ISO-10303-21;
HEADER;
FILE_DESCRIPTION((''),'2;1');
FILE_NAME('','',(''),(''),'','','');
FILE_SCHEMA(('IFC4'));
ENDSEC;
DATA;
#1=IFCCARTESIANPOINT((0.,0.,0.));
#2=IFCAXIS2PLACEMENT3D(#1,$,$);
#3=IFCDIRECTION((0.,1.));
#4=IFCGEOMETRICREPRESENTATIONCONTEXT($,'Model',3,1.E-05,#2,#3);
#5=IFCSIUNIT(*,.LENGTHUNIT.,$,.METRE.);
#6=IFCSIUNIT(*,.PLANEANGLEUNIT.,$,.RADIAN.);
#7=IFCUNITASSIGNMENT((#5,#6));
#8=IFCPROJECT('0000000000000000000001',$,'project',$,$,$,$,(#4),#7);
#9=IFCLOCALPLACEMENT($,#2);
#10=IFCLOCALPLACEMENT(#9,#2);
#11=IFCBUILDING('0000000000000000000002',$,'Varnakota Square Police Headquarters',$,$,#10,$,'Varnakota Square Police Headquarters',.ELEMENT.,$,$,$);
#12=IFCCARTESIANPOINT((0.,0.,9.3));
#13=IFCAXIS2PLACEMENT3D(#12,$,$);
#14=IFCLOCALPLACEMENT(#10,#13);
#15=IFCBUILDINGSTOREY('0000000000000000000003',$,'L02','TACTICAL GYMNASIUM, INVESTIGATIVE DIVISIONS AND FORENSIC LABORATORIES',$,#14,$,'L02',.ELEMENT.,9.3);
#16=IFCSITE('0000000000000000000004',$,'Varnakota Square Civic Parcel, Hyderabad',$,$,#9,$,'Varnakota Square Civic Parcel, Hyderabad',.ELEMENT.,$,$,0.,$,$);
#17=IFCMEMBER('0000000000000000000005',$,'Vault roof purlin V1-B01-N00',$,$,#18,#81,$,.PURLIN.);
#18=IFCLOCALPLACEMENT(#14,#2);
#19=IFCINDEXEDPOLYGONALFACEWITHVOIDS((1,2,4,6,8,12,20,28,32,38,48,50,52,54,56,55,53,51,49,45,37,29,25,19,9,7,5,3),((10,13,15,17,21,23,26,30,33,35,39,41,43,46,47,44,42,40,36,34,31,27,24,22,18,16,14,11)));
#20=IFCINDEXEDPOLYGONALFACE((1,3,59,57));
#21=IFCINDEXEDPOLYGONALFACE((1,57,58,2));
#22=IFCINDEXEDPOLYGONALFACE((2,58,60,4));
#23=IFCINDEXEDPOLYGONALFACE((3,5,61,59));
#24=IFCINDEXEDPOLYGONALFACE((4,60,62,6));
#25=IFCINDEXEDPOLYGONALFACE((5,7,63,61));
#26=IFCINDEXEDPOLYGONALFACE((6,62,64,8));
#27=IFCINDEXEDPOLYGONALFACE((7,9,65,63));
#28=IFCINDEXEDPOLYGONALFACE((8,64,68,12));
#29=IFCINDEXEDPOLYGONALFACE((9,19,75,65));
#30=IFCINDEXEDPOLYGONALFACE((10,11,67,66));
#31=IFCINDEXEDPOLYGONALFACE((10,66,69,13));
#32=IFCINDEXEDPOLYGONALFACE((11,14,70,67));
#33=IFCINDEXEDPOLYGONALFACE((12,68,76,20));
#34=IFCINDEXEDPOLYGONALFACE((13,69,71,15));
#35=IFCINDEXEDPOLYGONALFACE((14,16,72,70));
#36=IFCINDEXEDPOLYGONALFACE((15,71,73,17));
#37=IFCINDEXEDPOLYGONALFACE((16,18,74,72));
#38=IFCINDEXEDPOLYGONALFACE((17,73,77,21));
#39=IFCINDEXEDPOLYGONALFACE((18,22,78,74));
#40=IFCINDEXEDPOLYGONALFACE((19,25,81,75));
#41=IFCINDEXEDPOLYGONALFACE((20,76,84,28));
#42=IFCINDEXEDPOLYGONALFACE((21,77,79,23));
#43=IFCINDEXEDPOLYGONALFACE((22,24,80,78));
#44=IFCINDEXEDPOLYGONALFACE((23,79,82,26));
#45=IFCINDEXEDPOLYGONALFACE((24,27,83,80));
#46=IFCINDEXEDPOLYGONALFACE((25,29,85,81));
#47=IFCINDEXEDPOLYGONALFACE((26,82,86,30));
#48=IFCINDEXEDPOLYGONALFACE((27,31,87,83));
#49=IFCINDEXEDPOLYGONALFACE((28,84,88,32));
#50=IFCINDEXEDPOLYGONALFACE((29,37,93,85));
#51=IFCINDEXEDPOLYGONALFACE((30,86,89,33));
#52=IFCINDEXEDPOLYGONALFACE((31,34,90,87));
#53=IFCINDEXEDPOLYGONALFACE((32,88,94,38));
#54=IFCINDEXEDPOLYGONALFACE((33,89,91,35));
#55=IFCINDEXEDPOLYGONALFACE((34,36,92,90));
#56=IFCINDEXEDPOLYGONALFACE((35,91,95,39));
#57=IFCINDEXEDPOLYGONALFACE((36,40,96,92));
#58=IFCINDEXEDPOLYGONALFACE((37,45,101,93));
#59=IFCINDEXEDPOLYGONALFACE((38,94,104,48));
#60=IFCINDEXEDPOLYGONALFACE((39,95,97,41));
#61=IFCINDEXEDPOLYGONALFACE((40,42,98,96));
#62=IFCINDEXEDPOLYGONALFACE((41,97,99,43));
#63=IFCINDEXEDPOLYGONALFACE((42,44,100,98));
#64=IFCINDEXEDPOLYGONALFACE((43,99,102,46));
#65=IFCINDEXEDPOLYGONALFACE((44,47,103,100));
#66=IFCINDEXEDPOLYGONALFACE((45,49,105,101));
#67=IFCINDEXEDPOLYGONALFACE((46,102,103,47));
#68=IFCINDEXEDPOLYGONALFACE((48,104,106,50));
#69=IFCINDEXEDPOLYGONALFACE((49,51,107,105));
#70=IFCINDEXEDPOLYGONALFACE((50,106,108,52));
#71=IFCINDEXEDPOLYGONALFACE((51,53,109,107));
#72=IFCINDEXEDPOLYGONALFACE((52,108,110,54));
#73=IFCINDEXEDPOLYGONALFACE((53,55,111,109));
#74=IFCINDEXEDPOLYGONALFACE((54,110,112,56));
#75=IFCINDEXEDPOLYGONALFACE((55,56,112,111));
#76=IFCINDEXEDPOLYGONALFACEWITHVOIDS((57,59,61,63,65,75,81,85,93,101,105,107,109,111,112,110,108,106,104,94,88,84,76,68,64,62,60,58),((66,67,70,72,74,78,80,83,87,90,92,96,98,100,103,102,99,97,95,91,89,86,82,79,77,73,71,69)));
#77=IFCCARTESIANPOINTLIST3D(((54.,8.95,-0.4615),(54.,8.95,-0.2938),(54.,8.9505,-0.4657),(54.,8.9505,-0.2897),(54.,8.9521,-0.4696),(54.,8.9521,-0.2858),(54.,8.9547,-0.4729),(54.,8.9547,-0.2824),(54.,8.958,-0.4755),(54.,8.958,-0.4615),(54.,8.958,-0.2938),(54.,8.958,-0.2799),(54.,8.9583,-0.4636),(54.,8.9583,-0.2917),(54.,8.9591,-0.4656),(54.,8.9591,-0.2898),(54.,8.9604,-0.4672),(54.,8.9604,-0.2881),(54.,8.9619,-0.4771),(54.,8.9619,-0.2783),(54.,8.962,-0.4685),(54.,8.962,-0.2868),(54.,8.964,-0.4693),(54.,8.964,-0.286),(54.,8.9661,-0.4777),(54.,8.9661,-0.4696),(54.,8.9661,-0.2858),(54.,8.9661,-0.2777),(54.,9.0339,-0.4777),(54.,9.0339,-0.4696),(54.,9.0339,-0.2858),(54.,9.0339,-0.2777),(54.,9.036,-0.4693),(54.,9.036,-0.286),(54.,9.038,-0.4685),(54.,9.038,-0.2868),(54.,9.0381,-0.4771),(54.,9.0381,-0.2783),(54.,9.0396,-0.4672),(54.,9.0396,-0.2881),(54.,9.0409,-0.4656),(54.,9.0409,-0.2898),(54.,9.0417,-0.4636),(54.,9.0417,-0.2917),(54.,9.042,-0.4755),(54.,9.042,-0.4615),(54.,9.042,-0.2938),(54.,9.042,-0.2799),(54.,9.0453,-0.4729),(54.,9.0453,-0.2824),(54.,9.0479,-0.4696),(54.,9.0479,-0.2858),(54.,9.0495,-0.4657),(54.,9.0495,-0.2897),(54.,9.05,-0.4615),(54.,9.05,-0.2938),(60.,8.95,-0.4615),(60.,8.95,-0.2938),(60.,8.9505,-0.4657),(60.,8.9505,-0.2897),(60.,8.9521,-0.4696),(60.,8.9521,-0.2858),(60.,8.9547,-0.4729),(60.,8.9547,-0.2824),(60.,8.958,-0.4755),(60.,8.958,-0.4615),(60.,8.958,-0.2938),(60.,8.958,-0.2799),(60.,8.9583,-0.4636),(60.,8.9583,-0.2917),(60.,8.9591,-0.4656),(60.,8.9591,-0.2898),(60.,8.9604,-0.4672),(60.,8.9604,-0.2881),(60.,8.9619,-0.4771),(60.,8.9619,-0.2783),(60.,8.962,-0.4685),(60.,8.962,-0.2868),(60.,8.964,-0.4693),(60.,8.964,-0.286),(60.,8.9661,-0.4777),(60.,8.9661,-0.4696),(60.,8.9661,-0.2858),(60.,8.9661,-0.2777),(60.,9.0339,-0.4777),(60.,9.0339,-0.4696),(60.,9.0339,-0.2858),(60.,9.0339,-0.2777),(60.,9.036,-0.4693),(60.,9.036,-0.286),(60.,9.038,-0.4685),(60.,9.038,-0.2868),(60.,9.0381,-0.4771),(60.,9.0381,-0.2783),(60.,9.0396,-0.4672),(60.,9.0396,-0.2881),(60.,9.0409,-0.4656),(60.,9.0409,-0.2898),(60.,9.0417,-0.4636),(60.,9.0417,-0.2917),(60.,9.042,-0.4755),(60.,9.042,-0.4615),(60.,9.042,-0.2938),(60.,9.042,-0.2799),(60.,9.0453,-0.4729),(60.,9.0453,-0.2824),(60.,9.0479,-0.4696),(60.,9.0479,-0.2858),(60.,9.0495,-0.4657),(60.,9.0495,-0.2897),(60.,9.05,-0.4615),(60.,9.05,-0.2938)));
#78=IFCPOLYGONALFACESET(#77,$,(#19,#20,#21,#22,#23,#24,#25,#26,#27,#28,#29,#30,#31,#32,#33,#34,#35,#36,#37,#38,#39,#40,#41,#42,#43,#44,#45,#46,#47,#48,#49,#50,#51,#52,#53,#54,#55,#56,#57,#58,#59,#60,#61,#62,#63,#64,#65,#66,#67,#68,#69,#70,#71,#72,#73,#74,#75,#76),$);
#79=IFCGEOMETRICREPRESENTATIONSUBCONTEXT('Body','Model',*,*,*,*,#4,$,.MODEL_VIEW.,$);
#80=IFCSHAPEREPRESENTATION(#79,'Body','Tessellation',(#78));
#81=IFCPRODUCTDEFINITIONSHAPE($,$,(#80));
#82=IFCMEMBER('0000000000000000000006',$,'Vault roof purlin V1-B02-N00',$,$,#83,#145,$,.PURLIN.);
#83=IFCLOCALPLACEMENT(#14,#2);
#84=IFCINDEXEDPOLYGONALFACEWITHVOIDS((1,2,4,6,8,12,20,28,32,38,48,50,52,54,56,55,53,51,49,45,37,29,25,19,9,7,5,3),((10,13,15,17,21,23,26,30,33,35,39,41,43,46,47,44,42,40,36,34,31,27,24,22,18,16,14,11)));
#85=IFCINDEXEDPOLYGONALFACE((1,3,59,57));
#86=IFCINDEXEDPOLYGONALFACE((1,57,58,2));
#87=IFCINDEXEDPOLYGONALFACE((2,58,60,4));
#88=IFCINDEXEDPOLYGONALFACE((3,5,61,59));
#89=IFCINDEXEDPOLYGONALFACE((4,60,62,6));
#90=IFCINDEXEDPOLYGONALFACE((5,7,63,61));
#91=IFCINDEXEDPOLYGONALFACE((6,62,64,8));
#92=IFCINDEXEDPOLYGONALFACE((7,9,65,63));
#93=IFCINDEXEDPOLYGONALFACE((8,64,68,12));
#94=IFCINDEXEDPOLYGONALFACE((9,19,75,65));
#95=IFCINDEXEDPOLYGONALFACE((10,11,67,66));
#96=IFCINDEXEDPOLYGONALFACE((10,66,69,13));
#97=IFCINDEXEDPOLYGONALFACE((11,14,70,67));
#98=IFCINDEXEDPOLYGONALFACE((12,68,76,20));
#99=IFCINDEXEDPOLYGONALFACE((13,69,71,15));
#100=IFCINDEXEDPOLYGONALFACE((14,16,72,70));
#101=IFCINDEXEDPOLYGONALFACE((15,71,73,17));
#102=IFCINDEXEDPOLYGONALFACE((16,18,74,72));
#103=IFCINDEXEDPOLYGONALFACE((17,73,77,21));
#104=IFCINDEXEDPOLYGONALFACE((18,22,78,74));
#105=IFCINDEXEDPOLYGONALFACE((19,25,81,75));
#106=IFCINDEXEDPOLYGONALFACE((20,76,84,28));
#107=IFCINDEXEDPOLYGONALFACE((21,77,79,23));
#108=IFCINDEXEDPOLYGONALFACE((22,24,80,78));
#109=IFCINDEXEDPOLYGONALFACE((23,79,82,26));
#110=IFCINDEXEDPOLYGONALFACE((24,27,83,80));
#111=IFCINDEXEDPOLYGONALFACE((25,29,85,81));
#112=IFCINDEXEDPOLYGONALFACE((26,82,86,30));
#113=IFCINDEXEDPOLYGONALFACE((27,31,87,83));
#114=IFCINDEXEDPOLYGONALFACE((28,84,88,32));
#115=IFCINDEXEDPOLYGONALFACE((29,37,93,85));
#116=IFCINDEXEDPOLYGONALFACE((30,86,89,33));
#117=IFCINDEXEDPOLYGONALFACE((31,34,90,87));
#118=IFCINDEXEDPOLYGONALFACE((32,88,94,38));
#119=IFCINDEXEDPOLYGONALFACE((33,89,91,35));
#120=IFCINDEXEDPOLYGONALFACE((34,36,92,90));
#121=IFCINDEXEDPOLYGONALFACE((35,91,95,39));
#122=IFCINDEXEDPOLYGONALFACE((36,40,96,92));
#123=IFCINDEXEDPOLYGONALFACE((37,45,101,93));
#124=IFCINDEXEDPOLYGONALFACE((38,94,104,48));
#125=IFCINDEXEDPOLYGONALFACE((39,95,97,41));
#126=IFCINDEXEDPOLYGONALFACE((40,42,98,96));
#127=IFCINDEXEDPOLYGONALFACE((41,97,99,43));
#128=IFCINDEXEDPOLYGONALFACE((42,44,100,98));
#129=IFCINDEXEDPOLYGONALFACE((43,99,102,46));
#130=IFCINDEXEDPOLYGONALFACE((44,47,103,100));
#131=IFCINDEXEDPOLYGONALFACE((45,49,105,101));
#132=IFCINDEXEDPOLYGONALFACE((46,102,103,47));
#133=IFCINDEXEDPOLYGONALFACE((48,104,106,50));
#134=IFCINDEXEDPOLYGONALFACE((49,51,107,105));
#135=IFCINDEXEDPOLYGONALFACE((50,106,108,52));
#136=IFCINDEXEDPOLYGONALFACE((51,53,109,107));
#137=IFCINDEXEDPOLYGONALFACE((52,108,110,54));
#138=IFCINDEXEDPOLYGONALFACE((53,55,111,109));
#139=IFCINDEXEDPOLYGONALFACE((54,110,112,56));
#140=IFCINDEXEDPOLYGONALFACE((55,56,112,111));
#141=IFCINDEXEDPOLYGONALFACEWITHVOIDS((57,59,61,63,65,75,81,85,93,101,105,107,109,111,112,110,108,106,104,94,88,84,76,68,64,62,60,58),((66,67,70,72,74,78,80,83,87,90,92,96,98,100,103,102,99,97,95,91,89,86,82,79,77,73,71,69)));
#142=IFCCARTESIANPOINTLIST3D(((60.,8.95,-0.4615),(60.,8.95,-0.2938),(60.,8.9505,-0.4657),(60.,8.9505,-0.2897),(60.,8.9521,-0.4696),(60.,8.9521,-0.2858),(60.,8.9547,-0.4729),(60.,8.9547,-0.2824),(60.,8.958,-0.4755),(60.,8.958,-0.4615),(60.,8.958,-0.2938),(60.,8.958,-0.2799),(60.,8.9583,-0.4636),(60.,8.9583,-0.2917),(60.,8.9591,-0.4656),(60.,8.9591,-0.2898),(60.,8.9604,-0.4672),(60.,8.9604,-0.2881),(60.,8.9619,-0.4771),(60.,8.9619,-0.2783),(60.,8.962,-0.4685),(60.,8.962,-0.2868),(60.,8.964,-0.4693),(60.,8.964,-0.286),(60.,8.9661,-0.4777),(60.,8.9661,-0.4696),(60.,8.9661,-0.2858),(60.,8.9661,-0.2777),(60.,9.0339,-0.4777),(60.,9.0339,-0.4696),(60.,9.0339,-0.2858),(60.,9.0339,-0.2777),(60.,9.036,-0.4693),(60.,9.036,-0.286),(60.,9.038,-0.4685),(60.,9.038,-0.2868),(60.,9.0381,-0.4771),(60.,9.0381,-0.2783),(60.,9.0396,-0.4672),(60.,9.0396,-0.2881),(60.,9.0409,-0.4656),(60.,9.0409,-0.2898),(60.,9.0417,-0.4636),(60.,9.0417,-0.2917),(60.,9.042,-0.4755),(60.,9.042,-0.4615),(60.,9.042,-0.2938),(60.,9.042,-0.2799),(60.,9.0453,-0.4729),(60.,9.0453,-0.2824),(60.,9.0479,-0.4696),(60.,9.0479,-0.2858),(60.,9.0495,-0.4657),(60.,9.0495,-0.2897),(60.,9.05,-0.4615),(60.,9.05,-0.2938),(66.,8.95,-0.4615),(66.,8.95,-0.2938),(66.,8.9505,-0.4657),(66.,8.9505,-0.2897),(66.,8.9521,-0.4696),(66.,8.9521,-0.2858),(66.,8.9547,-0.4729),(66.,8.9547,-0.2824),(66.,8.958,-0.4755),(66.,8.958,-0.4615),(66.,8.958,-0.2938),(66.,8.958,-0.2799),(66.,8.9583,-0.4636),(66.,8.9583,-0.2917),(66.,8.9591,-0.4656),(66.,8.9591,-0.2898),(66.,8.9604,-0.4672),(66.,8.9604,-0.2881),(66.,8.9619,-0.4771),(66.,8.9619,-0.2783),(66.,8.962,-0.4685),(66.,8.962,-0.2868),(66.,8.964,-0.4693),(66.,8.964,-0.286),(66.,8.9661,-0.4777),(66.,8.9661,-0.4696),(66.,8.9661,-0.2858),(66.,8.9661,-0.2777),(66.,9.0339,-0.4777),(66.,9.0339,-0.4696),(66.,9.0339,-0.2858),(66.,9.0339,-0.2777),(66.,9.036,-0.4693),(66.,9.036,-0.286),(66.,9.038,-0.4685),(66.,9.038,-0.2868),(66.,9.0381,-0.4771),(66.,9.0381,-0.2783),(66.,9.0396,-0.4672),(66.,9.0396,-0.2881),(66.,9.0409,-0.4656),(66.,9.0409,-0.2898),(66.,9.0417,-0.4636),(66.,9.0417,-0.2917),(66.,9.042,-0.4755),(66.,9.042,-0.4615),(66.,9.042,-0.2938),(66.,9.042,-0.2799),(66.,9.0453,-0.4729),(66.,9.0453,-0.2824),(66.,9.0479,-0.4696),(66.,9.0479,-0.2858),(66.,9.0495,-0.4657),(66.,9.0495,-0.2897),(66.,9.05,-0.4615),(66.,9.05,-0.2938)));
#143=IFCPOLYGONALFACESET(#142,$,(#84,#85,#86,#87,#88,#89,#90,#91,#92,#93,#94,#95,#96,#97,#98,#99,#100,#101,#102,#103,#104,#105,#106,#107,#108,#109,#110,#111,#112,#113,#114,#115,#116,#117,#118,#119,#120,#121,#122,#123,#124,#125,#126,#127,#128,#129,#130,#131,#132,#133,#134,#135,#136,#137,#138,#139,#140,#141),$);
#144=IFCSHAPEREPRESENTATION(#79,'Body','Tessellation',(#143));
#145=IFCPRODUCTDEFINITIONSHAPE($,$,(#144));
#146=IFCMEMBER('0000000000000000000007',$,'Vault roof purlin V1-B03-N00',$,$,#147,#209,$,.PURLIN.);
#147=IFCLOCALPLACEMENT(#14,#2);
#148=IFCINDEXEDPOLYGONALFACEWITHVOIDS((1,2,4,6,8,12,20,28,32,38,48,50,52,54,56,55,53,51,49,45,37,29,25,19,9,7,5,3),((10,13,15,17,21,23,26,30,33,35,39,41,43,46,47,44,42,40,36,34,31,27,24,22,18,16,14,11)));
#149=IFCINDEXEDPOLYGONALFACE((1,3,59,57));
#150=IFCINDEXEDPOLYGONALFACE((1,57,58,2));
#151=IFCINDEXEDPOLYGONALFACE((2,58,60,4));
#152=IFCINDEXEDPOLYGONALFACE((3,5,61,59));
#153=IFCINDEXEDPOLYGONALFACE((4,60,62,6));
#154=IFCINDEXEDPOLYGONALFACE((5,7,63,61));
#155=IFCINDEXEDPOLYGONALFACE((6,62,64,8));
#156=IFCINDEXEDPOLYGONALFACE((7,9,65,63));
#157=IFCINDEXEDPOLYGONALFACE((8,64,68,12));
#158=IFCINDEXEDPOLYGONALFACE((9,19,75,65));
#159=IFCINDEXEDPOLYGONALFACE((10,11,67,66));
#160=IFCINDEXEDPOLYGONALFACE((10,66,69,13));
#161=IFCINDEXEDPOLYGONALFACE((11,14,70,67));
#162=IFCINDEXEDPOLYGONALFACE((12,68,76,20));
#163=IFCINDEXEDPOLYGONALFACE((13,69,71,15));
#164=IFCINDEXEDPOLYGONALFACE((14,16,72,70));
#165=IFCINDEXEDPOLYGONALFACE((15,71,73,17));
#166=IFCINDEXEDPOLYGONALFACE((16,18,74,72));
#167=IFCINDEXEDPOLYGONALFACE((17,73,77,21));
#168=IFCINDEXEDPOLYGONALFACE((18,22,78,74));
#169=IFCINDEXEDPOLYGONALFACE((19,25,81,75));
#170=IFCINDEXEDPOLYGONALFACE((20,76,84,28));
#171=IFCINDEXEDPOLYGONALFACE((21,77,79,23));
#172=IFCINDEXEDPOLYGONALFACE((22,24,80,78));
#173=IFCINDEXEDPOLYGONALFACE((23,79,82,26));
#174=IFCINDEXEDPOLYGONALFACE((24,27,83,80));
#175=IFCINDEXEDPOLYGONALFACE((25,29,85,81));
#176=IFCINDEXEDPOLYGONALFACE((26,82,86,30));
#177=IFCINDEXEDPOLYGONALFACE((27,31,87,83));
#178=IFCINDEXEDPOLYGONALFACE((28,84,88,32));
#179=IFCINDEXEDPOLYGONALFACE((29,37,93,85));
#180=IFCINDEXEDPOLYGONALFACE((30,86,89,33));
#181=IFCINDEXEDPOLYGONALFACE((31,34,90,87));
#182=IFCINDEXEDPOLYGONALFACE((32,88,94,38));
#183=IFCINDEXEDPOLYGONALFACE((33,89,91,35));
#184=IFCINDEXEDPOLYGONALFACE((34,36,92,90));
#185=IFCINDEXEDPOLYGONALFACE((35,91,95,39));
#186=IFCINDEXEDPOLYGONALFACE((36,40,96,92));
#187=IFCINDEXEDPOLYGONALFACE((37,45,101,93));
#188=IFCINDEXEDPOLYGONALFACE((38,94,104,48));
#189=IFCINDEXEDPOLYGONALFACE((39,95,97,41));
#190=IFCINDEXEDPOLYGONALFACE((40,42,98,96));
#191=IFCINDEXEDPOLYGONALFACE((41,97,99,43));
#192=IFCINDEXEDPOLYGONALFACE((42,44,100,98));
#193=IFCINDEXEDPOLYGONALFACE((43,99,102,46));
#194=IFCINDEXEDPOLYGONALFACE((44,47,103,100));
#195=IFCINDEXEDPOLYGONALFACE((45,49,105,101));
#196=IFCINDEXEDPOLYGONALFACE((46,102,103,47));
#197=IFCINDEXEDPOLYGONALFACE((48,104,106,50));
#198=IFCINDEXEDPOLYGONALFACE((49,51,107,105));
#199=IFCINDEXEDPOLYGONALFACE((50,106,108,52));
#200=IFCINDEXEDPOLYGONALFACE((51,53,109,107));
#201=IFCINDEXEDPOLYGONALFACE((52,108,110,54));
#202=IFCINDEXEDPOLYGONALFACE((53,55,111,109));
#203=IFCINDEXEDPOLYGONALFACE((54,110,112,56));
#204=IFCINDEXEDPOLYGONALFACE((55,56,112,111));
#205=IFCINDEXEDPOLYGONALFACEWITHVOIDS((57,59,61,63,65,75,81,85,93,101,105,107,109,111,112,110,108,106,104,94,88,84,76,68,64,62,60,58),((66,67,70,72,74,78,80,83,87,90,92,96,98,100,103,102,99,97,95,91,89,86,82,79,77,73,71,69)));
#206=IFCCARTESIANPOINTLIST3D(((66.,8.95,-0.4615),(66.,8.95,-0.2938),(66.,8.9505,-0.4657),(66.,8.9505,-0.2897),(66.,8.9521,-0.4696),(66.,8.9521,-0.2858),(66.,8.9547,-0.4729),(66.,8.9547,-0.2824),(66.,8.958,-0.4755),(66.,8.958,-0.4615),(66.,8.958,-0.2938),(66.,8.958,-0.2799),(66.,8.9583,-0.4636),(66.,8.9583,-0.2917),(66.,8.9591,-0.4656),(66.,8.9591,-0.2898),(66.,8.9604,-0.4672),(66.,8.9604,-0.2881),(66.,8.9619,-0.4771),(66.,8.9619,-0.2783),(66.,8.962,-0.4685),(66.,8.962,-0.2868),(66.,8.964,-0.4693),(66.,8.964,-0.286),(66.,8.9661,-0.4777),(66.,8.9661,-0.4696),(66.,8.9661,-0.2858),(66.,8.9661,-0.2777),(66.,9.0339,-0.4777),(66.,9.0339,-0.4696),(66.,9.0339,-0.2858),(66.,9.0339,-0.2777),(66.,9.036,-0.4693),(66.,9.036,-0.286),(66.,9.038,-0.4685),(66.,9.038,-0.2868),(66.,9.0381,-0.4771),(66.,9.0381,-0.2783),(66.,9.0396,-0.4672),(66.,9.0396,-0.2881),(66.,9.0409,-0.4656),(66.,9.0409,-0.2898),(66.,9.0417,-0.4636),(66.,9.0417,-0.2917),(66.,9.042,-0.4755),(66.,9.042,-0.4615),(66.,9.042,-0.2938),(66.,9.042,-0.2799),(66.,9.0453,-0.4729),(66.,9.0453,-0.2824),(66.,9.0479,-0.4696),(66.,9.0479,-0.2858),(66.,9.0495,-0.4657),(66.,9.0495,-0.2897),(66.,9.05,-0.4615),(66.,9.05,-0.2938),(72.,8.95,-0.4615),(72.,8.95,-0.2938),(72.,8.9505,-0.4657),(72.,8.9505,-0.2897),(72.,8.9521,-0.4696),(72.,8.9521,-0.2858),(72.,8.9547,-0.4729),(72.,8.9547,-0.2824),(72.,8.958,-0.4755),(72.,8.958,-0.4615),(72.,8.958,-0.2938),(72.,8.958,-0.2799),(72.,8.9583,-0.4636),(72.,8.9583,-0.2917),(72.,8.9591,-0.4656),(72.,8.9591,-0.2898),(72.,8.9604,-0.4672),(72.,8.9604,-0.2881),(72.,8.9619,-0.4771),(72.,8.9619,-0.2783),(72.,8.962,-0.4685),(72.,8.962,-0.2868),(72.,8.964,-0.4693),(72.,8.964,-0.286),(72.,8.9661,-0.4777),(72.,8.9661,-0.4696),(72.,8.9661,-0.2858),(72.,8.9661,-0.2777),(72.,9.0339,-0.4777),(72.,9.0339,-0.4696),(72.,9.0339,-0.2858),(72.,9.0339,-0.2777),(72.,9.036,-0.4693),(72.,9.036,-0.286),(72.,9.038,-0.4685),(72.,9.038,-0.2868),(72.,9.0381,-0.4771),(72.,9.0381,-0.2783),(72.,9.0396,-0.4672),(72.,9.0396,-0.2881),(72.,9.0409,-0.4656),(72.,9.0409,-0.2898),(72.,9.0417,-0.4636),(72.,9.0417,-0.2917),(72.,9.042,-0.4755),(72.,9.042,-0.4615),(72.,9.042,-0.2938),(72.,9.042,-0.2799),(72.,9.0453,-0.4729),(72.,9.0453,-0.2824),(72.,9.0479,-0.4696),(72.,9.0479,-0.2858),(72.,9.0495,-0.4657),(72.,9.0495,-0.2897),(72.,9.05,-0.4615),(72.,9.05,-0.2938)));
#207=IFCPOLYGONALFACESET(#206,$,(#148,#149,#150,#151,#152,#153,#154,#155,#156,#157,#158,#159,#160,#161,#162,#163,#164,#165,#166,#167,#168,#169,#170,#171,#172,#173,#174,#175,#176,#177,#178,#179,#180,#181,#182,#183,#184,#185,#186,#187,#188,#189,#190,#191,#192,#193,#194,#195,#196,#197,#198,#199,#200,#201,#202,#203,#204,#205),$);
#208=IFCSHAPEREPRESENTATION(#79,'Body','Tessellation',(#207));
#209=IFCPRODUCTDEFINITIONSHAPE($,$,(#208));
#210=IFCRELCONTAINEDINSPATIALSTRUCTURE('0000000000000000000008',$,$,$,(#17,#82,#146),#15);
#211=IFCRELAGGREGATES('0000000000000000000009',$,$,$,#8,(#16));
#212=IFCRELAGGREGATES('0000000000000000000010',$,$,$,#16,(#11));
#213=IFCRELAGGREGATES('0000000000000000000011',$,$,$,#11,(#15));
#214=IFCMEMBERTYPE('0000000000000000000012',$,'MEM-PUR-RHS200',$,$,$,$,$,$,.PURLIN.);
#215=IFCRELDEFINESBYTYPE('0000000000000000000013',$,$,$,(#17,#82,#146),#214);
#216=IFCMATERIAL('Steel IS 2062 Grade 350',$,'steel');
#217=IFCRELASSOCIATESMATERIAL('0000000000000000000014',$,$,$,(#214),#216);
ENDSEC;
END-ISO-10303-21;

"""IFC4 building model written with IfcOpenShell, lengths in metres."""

from ifc_helpers import new_model, si_unit, direction, frame, origin, origin_2d, place, context, subcontext, project, spatial, hollow_rectangle, extrude, material, material_profile, profile_set, type_object, element, save


model = new_model("IFC4")

# Units and contexts
model_context = context("Model", 3, precision=1e-05, world=origin(), true_north=direction((0.0, 1.0)))
body_context = subcontext(model_context, "Body", "Model", "MODEL_VIEW")
ifc_project = project(units=[si_unit("LENGTHUNIT", "METRE"), si_unit("PLANEANGLEUNIT", "RADIAN")], contexts=[model_context])

# Site, building, storey
site_placement = place(None, origin())
site = spatial("IfcSite", under=ifc_project, at=site_placement, Name="Varnakota Square Civic Parcel, Hyderabad", LongName="Varnakota Square Civic Parcel, Hyderabad", CompositionType="ELEMENT", RefElevation=0.0)
building_placement = place(site_placement, origin())
building = spatial("IfcBuilding", under=site, at=building_placement, Name="Varnakota Square Police Headquarters", LongName="Varnakota Square Police Headquarters", CompositionType="ELEMENT")
storey_placement = place(building_placement, frame((0.0, 0.0, 9.3)))
storey = spatial("IfcBuildingStorey", under=building, at=storey_placement, Name="L02", Description="TACTICAL GYMNASIUM, INVESTIGATIVE DIVISIONS AND FORENSIC LABORATORIES", LongName="L02", CompositionType="ELEMENT", Elevation=9.3)

# Shared definitions
ifc_material_1 = material(Name="Steel IS 2062 Grade 350", Category="steel")

# Members
ifc_material_profile_1 = material_profile(ifc_material_1, hollow_rectangle(XDim=0.1001, YDim=0.2, WallThickness=0.0081, InnerFilletRadius=0.0081, OuterFilletRadius=0.0161, at=origin_2d()), Name="RHS 200x100x8")
ifc_profile_set_1 = profile_set([ifc_material_profile_1], Name="Steel IS 2062 Grade 350")
member_type_1 = type_object("IfcMemberType", Name="MEM-PUR-RHS200", PredefinedType="PURLIN", material=ifc_profile_set_1)
for number, where, z_axis, x_axis, name in (
    (1, (54.0, 9.0, -0.3777), (1.0, 0.0, 0.0), (0.0, 1.0, 0.0), "Vault roof purlin V1-B01-N00"),
    (2, (60.0, 9.0, -0.3777), (1.0, 0.0, 0.0), (0.0, 1.0, 0.0), "Vault roof purlin V1-B02-N00"),
    (3, (66.0, 9.0, -0.3777), (1.0, 0.0, 0.0), (0.0, 1.0, 0.0), "Vault roof purlin V1-B03-N00"),
):
    element("IfcMember", number, at=place(storey_placement, frame(where, z_axis=z_axis, x_axis=x_axis)), inside=storey, type_object=member_type_1, Name=name, PredefinedType="PURLIN", context=body_context, shape_type="SweptSolid", body=[
        extrude(hollow_rectangle(XDim=0.1001, YDim=0.2, WallThickness=0.0081, InnerFilletRadius=0.0081, OuterFilletRadius=0.0161, at=origin_2d()), origin(), (0.0, 0.0, 1.0), 6.0),
    ])

save(model, "model.ifc")
